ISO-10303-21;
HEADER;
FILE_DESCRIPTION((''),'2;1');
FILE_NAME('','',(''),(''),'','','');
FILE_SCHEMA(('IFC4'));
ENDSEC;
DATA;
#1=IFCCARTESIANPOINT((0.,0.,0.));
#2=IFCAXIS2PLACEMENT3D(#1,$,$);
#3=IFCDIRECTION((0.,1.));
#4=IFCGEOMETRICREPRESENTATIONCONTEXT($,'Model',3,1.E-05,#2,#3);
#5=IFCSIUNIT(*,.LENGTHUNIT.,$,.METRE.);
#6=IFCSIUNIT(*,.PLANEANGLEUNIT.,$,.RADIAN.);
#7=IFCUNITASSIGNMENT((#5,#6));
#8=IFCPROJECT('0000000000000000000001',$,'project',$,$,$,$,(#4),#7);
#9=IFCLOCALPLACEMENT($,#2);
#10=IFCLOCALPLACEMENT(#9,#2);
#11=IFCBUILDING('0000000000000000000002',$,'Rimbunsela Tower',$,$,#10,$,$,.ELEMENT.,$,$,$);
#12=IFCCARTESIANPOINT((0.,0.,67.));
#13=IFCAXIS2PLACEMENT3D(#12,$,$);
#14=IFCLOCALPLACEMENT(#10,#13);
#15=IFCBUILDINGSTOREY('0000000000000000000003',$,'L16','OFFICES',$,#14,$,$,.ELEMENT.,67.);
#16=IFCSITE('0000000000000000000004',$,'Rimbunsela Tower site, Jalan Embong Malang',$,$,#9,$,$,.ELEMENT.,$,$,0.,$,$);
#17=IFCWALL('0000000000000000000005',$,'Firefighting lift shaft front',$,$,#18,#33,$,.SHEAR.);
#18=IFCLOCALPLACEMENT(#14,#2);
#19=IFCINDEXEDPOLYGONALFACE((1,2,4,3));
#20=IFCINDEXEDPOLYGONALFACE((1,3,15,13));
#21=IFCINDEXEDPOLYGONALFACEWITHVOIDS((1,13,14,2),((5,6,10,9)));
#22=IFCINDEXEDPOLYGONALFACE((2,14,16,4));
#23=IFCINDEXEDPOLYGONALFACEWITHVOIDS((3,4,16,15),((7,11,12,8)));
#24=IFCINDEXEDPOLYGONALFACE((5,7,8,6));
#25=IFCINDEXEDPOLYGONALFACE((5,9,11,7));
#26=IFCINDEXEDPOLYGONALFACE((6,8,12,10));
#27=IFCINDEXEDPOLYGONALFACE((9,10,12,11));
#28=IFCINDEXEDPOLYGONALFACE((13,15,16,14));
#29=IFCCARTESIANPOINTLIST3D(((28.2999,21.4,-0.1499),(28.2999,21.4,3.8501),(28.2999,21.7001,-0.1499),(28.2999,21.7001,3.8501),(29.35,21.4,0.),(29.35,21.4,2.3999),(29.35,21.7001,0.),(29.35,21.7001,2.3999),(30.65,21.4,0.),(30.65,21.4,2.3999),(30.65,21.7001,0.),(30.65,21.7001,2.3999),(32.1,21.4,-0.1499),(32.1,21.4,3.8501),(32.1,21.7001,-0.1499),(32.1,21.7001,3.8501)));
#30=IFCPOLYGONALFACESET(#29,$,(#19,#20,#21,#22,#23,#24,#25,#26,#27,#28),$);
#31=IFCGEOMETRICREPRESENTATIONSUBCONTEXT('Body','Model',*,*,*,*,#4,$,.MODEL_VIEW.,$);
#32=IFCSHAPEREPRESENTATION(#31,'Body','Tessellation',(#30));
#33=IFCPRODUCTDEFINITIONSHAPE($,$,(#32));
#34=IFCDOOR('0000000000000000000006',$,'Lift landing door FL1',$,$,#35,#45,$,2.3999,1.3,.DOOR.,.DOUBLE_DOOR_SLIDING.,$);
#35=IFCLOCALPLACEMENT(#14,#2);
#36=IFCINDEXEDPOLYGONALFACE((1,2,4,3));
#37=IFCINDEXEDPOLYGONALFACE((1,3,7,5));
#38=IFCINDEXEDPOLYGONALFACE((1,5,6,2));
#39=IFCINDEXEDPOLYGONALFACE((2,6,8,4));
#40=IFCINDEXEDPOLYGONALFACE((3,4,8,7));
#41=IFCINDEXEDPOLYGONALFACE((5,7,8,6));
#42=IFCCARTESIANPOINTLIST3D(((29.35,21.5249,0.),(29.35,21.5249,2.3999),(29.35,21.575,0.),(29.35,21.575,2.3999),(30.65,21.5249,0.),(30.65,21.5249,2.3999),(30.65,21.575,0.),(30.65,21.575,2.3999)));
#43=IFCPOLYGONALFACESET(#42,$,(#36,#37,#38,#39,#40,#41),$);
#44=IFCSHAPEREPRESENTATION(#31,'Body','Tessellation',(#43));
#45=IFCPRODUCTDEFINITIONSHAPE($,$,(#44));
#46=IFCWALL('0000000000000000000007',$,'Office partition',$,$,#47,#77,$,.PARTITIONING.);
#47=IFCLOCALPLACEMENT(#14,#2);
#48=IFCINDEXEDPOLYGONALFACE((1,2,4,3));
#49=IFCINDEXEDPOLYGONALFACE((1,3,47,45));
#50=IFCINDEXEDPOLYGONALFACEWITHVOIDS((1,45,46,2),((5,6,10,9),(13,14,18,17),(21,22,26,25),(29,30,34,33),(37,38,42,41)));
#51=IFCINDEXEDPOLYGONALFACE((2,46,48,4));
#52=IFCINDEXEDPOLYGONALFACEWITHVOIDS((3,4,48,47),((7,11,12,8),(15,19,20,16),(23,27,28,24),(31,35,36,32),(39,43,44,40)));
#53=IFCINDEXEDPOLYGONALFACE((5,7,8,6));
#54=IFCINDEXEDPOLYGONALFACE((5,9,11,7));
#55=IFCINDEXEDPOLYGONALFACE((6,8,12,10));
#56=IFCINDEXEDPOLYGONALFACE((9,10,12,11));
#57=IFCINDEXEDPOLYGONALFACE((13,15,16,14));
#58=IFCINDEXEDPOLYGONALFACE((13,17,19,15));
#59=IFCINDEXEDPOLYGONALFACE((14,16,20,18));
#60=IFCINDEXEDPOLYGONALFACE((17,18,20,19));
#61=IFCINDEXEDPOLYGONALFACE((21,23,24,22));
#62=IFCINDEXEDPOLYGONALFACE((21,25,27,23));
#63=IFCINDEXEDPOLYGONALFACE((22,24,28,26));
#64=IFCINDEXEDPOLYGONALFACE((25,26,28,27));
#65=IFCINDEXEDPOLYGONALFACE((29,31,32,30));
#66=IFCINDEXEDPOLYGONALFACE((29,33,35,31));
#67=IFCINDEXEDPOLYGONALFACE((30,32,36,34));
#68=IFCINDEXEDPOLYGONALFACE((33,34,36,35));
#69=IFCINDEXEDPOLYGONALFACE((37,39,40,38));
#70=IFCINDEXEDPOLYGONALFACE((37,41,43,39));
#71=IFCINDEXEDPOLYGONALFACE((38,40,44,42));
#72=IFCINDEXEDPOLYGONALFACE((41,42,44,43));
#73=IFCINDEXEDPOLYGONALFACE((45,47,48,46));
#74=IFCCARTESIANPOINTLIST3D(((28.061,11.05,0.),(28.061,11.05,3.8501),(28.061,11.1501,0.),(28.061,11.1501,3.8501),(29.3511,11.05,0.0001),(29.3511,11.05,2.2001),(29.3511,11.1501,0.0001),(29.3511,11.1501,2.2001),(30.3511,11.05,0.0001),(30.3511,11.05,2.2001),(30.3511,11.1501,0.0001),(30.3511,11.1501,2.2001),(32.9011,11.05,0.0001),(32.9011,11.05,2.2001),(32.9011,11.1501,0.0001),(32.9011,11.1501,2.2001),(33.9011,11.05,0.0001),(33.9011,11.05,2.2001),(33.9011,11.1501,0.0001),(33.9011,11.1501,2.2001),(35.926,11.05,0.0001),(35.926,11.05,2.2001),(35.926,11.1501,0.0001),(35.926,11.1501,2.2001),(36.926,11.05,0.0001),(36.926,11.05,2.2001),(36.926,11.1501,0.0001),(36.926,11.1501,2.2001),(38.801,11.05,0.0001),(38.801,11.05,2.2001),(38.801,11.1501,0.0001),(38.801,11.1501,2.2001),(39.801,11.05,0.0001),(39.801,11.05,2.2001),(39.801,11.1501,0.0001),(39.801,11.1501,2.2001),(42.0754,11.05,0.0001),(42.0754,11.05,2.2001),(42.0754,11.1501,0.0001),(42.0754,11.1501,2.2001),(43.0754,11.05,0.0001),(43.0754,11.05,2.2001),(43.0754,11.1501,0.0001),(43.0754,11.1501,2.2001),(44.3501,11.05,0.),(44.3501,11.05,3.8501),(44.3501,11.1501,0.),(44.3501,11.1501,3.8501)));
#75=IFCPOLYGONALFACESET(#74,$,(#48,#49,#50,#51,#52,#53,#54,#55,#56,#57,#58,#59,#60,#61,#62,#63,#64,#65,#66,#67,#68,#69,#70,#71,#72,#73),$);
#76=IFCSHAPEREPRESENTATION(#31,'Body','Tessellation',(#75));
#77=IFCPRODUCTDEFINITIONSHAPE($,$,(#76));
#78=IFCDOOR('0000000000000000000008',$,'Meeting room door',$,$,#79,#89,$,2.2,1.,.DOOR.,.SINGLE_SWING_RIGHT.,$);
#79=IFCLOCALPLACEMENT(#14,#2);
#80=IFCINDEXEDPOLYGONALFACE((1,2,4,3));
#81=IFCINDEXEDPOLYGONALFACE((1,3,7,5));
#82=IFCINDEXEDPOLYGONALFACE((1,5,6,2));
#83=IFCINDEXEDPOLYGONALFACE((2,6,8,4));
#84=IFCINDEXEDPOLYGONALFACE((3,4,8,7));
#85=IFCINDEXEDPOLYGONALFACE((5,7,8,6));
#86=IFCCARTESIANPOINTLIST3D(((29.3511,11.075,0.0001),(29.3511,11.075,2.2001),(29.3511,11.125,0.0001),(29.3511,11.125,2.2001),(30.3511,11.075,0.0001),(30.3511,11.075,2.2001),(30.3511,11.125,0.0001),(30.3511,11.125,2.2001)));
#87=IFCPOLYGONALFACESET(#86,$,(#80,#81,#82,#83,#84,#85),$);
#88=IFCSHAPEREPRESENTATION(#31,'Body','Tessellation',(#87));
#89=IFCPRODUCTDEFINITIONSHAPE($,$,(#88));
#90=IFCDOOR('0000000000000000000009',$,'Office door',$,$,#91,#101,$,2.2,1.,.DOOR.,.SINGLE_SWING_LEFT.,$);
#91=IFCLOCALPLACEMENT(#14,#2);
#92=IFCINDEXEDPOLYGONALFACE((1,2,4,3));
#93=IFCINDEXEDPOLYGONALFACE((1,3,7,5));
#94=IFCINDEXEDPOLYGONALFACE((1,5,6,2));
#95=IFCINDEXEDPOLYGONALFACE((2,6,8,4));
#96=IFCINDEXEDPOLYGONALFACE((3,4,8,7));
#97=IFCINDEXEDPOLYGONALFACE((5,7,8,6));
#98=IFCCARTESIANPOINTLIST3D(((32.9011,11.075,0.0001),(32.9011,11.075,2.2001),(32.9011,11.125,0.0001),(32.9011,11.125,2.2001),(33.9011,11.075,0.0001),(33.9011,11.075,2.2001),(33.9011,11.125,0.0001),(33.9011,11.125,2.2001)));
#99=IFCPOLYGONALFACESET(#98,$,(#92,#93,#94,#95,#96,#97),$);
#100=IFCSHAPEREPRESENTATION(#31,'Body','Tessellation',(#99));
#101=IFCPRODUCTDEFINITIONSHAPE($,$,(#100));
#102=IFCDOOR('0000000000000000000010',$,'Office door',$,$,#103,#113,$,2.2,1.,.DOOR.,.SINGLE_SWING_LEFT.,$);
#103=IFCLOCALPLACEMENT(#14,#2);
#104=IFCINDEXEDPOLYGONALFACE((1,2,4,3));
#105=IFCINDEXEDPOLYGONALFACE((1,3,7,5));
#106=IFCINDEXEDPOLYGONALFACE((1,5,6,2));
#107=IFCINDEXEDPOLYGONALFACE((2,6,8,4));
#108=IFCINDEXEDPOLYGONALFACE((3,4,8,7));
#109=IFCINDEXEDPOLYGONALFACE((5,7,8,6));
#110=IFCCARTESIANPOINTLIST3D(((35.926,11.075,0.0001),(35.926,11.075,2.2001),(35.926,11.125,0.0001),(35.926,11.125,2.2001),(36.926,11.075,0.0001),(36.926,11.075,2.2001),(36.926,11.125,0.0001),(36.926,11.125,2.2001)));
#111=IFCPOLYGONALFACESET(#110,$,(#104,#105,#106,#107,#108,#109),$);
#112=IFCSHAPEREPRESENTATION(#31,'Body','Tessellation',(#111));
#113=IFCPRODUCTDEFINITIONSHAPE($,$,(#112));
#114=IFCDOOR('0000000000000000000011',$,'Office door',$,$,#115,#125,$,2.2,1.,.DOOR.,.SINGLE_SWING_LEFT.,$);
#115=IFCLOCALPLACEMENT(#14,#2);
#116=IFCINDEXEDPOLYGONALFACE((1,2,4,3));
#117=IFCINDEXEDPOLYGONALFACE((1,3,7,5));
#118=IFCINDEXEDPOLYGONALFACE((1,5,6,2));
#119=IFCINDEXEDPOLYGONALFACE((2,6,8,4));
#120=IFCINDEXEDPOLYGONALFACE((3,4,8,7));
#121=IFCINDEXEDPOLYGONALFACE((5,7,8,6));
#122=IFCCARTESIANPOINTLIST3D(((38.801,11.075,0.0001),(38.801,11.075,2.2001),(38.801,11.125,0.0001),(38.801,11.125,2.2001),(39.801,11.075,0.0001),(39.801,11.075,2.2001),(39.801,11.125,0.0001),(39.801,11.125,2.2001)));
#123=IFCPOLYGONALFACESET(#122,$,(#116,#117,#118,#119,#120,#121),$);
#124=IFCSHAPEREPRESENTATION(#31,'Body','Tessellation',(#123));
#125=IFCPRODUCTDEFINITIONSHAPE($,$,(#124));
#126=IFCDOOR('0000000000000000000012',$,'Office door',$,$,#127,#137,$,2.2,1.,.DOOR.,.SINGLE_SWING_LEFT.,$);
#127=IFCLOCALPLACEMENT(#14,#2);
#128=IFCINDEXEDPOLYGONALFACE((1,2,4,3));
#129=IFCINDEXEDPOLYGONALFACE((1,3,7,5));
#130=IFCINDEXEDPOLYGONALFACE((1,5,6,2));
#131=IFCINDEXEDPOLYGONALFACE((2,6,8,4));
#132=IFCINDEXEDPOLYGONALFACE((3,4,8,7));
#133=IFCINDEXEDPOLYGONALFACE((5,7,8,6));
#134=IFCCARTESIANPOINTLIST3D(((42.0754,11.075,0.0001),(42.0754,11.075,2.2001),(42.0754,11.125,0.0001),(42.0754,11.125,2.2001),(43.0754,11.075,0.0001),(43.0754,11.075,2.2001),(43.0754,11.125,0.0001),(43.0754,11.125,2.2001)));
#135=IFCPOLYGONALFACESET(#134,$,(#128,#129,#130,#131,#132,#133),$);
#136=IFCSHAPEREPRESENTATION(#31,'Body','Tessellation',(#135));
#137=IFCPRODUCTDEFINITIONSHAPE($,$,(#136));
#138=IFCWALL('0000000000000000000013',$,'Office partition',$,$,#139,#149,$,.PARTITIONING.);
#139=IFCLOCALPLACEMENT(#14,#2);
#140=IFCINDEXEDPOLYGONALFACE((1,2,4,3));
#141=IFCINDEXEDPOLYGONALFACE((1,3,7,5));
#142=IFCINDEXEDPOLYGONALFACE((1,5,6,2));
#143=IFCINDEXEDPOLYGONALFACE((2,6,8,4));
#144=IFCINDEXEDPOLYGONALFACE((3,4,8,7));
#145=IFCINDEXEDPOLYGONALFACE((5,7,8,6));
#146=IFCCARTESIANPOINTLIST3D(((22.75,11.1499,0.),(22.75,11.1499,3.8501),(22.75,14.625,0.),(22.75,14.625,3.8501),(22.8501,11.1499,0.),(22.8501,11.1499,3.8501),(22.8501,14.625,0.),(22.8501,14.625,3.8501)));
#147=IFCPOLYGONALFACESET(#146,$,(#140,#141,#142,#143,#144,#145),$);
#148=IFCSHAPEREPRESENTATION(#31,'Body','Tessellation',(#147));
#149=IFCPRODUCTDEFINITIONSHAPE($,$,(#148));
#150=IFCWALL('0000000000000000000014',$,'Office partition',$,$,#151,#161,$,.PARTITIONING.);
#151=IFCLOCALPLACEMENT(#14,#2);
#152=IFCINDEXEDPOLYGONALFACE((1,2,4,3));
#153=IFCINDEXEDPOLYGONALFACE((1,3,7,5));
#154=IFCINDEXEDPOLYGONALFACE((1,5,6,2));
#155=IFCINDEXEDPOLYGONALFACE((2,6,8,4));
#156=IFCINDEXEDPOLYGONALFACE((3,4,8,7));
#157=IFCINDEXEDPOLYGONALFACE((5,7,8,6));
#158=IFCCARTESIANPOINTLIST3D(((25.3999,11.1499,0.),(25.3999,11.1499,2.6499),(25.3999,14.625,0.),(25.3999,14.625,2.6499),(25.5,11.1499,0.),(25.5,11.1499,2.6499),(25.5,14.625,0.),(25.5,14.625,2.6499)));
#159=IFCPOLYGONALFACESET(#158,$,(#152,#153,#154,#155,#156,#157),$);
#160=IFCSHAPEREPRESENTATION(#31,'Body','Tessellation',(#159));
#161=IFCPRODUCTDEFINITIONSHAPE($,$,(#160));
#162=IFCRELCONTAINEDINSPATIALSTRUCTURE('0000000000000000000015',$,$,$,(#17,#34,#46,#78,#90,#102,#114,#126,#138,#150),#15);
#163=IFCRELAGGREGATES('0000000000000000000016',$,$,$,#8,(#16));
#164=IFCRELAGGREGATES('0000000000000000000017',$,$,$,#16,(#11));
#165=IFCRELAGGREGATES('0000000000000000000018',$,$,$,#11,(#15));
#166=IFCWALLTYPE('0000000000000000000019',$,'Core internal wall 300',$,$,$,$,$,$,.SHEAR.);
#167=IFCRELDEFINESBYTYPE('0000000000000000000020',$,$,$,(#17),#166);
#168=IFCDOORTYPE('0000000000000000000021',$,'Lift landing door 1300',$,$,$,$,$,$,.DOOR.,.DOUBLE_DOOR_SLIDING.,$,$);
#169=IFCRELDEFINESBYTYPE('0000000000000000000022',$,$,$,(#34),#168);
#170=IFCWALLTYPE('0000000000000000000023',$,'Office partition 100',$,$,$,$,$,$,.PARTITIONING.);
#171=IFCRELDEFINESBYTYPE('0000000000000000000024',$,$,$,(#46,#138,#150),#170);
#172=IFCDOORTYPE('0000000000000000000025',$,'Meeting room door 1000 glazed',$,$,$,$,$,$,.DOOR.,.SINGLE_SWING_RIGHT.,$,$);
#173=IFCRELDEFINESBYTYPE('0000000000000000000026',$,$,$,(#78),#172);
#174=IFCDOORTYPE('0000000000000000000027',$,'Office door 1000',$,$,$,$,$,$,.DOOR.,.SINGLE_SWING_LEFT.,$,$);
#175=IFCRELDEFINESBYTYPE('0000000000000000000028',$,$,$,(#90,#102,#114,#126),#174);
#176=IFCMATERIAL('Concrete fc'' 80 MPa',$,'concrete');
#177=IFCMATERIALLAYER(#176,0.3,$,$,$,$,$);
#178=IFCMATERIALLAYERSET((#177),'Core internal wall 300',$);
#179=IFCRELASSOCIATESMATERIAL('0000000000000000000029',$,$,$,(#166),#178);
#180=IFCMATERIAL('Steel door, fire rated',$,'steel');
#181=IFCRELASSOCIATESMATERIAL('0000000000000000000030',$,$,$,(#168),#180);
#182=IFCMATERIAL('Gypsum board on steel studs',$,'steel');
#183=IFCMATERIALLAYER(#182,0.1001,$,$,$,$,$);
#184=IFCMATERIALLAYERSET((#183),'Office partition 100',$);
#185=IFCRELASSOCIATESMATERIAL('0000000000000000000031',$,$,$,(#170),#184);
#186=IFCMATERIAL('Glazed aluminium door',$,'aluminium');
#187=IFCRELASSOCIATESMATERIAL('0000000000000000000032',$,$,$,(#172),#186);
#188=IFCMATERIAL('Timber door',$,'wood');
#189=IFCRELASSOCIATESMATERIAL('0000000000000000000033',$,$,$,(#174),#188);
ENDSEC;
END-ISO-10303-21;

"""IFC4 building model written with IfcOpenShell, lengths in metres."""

from ifc_helpers import new_model, si_unit, direction, frame, frame_2d, origin, place, context, subcontext, project, spatial, rectangle, extrude, material, layer, layer_set, type_object, element, fill, save


model = new_model("IFC4")

# Units and contexts
model_context = context("Model", 3, precision=1e-05, world=origin(), true_north=direction((0.0, 1.0)))
body_context = subcontext(model_context, "Body", "Model", "MODEL_VIEW")
ifc_project = project(units=[si_unit("LENGTHUNIT", "METRE"), si_unit("PLANEANGLEUNIT", "RADIAN")], contexts=[model_context])

# Site, building, storey
site_placement = place(None, origin())
site = spatial("IfcSite", under=ifc_project, at=site_placement, Name="Rimbunsela Tower site, Jalan Embong Malang", CompositionType="ELEMENT", RefElevation=0.0)
building_placement = place(site_placement, origin())
building = spatial("IfcBuilding", under=site, at=building_placement, Name="Rimbunsela Tower", CompositionType="ELEMENT")
storey_placement = place(building_placement, frame((0.0, 0.0, 67.0)))
storey = spatial("IfcBuildingStorey", under=building, at=storey_placement, Name="L16", Description="OFFICES", CompositionType="ELEMENT", Elevation=67.0)

# Shared definitions
ifc_material_1 = material(Name="Concrete fc' 80 MPa", Category="concrete")
ifc_layer_1 = layer(ifc_material_1, 0.3)
ifc_layer_set_1 = layer_set([ifc_layer_1], Name="Core internal wall 300")
wall_type_1 = type_object("IfcWallType", Name="Core internal wall 300", PredefinedType="SHEAR", material=ifc_layer_set_1)

# Wall, opening, door
wall_1_placement = place(storey_placement, frame((28.3, 21.55, -0.1499), z_axis=(0.0, 0.0, 1.0), x_axis=(1.0, 0.0, 0.0)))
wall_1 = element("IfcWall", 1, at=wall_1_placement, inside=storey, type_object=wall_type_1, Name="Firefighting lift shaft front", PredefinedType="SHEAR", context=body_context, shape_type="SweptSolid", body=[
    extrude(rectangle(XDim=3.8, YDim=0.3, at=frame_2d((1.8999, 0.0))), origin(), (0.0, 0.0, 1.0), 4.0),
])
opening_1_placement = place(wall_1_placement, frame((1.05, 0.0, 0.1499)))
opening_1 = element("IfcOpeningElement", 2, at=opening_1_placement, cuts=wall_1, PredefinedType="OPENING", context=body_context, shape_type="SweptSolid", body=[
    extrude(rectangle(XDim=1.3, YDim=2.3999, at=frame_2d((0.6499, 1.2))), frame((0.0, 0.1599, 0.0), z_axis=(0.0, -1.0, 0.0), x_axis=(1.0, 0.0, 0.0)), (0.0, 0.0, 1.0), 0.3201),
])
ifc_material_2 = material(Name="Steel door, fire rated", Category="steel")
door_type_1 = type_object("IfcDoorType", Name="Lift landing door 1300", OperationType="DOUBLE_DOOR_SLIDING", PredefinedType="DOOR", material=ifc_material_2)
door_1_placement = place(opening_1_placement, origin())
door_1 = element("IfcDoor", 3, at=door_1_placement, inside=storey, type_object=door_type_1, Name="Lift landing door FL1", OperationType="DOUBLE_DOOR_SLIDING", OverallHeight=2.3999, OverallWidth=1.3, PredefinedType="DOOR", context=body_context, shape_type="SweptSolid", body=[
    extrude(rectangle(XDim=1.3, YDim=2.3999, at=frame_2d((0.6499, 1.2))), frame((0.0, 0.0249, 0.0), z_axis=(0.0, -1.0, 0.0), x_axis=(1.0, 0.0, 0.0)), (0.0, 0.0, 1.0), 0.05),
])
fill(opening_1, door_1)

# Wall, openings, doors
ifc_material_3 = material(Name="Gypsum board on steel studs", Category="steel")
ifc_layer_2 = layer(ifc_material_3, 0.1001)
ifc_layer_set_2 = layer_set([ifc_layer_2], Name="Office partition 100")
wall_type_2 = type_object("IfcWallType", Name="Office partition 100", PredefinedType="PARTITIONING", material=ifc_layer_set_2)
wall_2_placement = place(storey_placement, frame((28.061, 11.1001, 0.0), z_axis=(0.0, 0.0, 1.0), x_axis=(1.0, 0.0, 0.0)))
wall_2 = element("IfcWall", 4, at=wall_2_placement, inside=storey, type_object=wall_type_2, Name="Office partition", PredefinedType="PARTITIONING", context=body_context, shape_type="SweptSolid", body=[
    extrude(rectangle(XDim=16.2891, YDim=0.1001, at=frame_2d((8.1445, 0.0))), origin(), (0.0, 0.0, 1.0), 3.8501),
])
opening_2_placement = place(wall_2_placement, frame((1.29, 0.0, 0.0)))
opening_2 = element("IfcOpeningElement", 5, at=opening_2_placement, cuts=wall_2, PredefinedType="OPENING", context=body_context, shape_type="SweptSolid", body=[
    extrude(rectangle(XDim=1.0, YDim=2.2, at=frame_2d((0.5, 1.1001))), frame((0.0, 0.0601, 0.0), z_axis=(0.0, -1.0, 0.0), x_axis=(1.0, 0.0, 0.0)), (0.0, 0.0, 1.0), 0.1201),
])
opening_3_placement = place(wall_2_placement, frame((4.8401, 0.0, 0.0)))
opening_3 = element("IfcOpeningElement", 6, at=opening_3_placement, cuts=wall_2, PredefinedType="OPENING", context=body_context, shape_type="SweptSolid", body=[
    extrude(rectangle(XDim=1.0, YDim=2.2, at=frame_2d((0.5, 1.1001))), frame((0.0, 0.0601, 0.0), z_axis=(0.0, -1.0, 0.0), x_axis=(1.0, 0.0, 0.0)), (0.0, 0.0, 1.0), 0.1201),
])
opening_4_placement = place(wall_2_placement, frame((7.865, 0.0, 0.0)))
opening_4 = element("IfcOpeningElement", 7, at=opening_4_placement, cuts=wall_2, PredefinedType="OPENING", context=body_context, shape_type="SweptSolid", body=[
    extrude(rectangle(XDim=1.0, YDim=2.2, at=frame_2d((0.5, 1.1001))), frame((0.0, 0.0601, 0.0), z_axis=(0.0, -1.0, 0.0), x_axis=(1.0, 0.0, 0.0)), (0.0, 0.0, 1.0), 0.1201),
])
opening_5_placement = place(wall_2_placement, frame((10.74, 0.0, 0.0)))
opening_5 = element("IfcOpeningElement", 8, at=opening_5_placement, cuts=wall_2, PredefinedType="OPENING", context=body_context, shape_type="SweptSolid", body=[
    extrude(rectangle(XDim=1.0, YDim=2.2, at=frame_2d((0.5, 1.1001))), frame((0.0, 0.0601, 0.0), z_axis=(0.0, -1.0, 0.0), x_axis=(1.0, 0.0, 0.0)), (0.0, 0.0, 1.0), 0.1201),
])
opening_6_placement = place(wall_2_placement, frame((14.0144, 0.0, 0.0)))
opening_6 = element("IfcOpeningElement", 9, at=opening_6_placement, cuts=wall_2, PredefinedType="OPENING", context=body_context, shape_type="SweptSolid", body=[
    extrude(rectangle(XDim=1.0, YDim=2.2, at=frame_2d((0.5, 1.1001))), frame((0.0, 0.0601, 0.0), z_axis=(0.0, -1.0, 0.0), x_axis=(1.0, 0.0, 0.0)), (0.0, 0.0, 1.0), 0.1201),
])
ifc_material_4 = material(Name="Glazed aluminium door", Category="aluminium")
door_type_2 = type_object("IfcDoorType", Name="Meeting room door 1000 glazed", OperationType="SINGLE_SWING_RIGHT", PredefinedType="DOOR", material=ifc_material_4)
door_2_placement = place(opening_2_placement, origin())
door_2 = element("IfcDoor", 10, at=door_2_placement, inside=storey, type_object=door_type_2, Name="Meeting room door", OperationType="SINGLE_SWING_RIGHT", OverallHeight=2.2, OverallWidth=1.0, PredefinedType="DOOR", context=body_context, shape_type="SweptSolid", body=[
    extrude(rectangle(XDim=1.0, YDim=2.2, at=frame_2d((0.5, 1.1001))), frame((0.0, 0.0249, 0.0), z_axis=(0.0, -1.0, 0.0), x_axis=(1.0, 0.0, 0.0)), (0.0, 0.0, 1.0), 0.05),
])
fill(opening_2, door_2)
ifc_material_5 = material(Name="Timber door", Category="wood")
door_type_3 = type_object("IfcDoorType", Name="Office door 1000", OperationType="SINGLE_SWING_LEFT", PredefinedType="DOOR", material=ifc_material_5)
door_3_placement = place(opening_3_placement, origin())
door_3 = element("IfcDoor", 11, at=door_3_placement, inside=storey, type_object=door_type_3, Name="Office door", OperationType="SINGLE_SWING_LEFT", OverallHeight=2.2, OverallWidth=1.0, PredefinedType="DOOR", context=body_context, shape_type="SweptSolid", body=[
    extrude(rectangle(XDim=1.0, YDim=2.2, at=frame_2d((0.5, 1.1001))), frame((0.0, 0.0249, 0.0), z_axis=(0.0, -1.0, 0.0), x_axis=(1.0, 0.0, 0.0)), (0.0, 0.0, 1.0), 0.05),
])
fill(opening_3, door_3)
door_4_placement = place(opening_4_placement, origin())
door_4 = element("IfcDoor", 12, at=door_4_placement, inside=storey, type_object=door_type_3, Name="Office door", OperationType="SINGLE_SWING_LEFT", OverallHeight=2.2, OverallWidth=1.0, PredefinedType="DOOR", context=body_context, shape_type="SweptSolid", body=[
    extrude(rectangle(XDim=1.0, YDim=2.2, at=frame_2d((0.5, 1.1001))), frame((0.0, 0.0249, 0.0), z_axis=(0.0, -1.0, 0.0), x_axis=(1.0, 0.0, 0.0)), (0.0, 0.0, 1.0), 0.05),
])
fill(opening_4, door_4)
door_5_placement = place(opening_5_placement, origin())
door_5 = element("IfcDoor", 13, at=door_5_placement, inside=storey, type_object=door_type_3, Name="Office door", OperationType="SINGLE_SWING_LEFT", OverallHeight=2.2, OverallWidth=1.0, PredefinedType="DOOR", context=body_context, shape_type="SweptSolid", body=[
    extrude(rectangle(XDim=1.0, YDim=2.2, at=frame_2d((0.5, 1.1001))), frame((0.0, 0.0249, 0.0), z_axis=(0.0, -1.0, 0.0), x_axis=(1.0, 0.0, 0.0)), (0.0, 0.0, 1.0), 0.05),
])
fill(opening_5, door_5)
door_6_placement = place(opening_6_placement, origin())
door_6 = element("IfcDoor", 14, at=door_6_placement, inside=storey, type_object=door_type_3, Name="Office door", OperationType="SINGLE_SWING_LEFT", OverallHeight=2.2, OverallWidth=1.0, PredefinedType="DOOR", context=body_context, shape_type="SweptSolid", body=[
    extrude(rectangle(XDim=1.0, YDim=2.2, at=frame_2d((0.5, 1.1001))), frame((0.0, 0.0249, 0.0), z_axis=(0.0, -1.0, 0.0), x_axis=(1.0, 0.0, 0.0)), (0.0, 0.0, 1.0), 0.05),
])
fill(opening_6, door_6)

# Walls
wall_3_placement = place(storey_placement, frame((22.8, 11.1499, 0.0), z_axis=(0.0, 0.0, 1.0), x_axis=(0.0, 1.0, 0.0)))
element("IfcWall", 15, at=wall_3_placement, inside=storey, type_object=wall_type_2, Name="Office partition", PredefinedType="PARTITIONING", context=body_context, shape_type="SweptSolid", body=[
    extrude(rectangle(XDim=3.4751, YDim=0.1001, at=frame_2d((1.7375, 0.0))), origin(), (0.0, 0.0, 1.0), 3.8501),
])
wall_4_placement = place(storey_placement, frame((25.45, 11.1499, 0.0), z_axis=(0.0, 0.0, 1.0), x_axis=(0.0, 1.0, 0.0)))
element("IfcWall", 16, at=wall_4_placement, inside=storey, type_object=wall_type_2, Name="Office partition", PredefinedType="PARTITIONING", context=body_context, shape_type="SweptSolid", body=[
    extrude(rectangle(XDim=3.4751, YDim=0.1001, at=frame_2d((1.7375, 0.0))), origin(), (0.0, 0.0, 1.0), 2.6499),
])

save(model, "model.ifc")
